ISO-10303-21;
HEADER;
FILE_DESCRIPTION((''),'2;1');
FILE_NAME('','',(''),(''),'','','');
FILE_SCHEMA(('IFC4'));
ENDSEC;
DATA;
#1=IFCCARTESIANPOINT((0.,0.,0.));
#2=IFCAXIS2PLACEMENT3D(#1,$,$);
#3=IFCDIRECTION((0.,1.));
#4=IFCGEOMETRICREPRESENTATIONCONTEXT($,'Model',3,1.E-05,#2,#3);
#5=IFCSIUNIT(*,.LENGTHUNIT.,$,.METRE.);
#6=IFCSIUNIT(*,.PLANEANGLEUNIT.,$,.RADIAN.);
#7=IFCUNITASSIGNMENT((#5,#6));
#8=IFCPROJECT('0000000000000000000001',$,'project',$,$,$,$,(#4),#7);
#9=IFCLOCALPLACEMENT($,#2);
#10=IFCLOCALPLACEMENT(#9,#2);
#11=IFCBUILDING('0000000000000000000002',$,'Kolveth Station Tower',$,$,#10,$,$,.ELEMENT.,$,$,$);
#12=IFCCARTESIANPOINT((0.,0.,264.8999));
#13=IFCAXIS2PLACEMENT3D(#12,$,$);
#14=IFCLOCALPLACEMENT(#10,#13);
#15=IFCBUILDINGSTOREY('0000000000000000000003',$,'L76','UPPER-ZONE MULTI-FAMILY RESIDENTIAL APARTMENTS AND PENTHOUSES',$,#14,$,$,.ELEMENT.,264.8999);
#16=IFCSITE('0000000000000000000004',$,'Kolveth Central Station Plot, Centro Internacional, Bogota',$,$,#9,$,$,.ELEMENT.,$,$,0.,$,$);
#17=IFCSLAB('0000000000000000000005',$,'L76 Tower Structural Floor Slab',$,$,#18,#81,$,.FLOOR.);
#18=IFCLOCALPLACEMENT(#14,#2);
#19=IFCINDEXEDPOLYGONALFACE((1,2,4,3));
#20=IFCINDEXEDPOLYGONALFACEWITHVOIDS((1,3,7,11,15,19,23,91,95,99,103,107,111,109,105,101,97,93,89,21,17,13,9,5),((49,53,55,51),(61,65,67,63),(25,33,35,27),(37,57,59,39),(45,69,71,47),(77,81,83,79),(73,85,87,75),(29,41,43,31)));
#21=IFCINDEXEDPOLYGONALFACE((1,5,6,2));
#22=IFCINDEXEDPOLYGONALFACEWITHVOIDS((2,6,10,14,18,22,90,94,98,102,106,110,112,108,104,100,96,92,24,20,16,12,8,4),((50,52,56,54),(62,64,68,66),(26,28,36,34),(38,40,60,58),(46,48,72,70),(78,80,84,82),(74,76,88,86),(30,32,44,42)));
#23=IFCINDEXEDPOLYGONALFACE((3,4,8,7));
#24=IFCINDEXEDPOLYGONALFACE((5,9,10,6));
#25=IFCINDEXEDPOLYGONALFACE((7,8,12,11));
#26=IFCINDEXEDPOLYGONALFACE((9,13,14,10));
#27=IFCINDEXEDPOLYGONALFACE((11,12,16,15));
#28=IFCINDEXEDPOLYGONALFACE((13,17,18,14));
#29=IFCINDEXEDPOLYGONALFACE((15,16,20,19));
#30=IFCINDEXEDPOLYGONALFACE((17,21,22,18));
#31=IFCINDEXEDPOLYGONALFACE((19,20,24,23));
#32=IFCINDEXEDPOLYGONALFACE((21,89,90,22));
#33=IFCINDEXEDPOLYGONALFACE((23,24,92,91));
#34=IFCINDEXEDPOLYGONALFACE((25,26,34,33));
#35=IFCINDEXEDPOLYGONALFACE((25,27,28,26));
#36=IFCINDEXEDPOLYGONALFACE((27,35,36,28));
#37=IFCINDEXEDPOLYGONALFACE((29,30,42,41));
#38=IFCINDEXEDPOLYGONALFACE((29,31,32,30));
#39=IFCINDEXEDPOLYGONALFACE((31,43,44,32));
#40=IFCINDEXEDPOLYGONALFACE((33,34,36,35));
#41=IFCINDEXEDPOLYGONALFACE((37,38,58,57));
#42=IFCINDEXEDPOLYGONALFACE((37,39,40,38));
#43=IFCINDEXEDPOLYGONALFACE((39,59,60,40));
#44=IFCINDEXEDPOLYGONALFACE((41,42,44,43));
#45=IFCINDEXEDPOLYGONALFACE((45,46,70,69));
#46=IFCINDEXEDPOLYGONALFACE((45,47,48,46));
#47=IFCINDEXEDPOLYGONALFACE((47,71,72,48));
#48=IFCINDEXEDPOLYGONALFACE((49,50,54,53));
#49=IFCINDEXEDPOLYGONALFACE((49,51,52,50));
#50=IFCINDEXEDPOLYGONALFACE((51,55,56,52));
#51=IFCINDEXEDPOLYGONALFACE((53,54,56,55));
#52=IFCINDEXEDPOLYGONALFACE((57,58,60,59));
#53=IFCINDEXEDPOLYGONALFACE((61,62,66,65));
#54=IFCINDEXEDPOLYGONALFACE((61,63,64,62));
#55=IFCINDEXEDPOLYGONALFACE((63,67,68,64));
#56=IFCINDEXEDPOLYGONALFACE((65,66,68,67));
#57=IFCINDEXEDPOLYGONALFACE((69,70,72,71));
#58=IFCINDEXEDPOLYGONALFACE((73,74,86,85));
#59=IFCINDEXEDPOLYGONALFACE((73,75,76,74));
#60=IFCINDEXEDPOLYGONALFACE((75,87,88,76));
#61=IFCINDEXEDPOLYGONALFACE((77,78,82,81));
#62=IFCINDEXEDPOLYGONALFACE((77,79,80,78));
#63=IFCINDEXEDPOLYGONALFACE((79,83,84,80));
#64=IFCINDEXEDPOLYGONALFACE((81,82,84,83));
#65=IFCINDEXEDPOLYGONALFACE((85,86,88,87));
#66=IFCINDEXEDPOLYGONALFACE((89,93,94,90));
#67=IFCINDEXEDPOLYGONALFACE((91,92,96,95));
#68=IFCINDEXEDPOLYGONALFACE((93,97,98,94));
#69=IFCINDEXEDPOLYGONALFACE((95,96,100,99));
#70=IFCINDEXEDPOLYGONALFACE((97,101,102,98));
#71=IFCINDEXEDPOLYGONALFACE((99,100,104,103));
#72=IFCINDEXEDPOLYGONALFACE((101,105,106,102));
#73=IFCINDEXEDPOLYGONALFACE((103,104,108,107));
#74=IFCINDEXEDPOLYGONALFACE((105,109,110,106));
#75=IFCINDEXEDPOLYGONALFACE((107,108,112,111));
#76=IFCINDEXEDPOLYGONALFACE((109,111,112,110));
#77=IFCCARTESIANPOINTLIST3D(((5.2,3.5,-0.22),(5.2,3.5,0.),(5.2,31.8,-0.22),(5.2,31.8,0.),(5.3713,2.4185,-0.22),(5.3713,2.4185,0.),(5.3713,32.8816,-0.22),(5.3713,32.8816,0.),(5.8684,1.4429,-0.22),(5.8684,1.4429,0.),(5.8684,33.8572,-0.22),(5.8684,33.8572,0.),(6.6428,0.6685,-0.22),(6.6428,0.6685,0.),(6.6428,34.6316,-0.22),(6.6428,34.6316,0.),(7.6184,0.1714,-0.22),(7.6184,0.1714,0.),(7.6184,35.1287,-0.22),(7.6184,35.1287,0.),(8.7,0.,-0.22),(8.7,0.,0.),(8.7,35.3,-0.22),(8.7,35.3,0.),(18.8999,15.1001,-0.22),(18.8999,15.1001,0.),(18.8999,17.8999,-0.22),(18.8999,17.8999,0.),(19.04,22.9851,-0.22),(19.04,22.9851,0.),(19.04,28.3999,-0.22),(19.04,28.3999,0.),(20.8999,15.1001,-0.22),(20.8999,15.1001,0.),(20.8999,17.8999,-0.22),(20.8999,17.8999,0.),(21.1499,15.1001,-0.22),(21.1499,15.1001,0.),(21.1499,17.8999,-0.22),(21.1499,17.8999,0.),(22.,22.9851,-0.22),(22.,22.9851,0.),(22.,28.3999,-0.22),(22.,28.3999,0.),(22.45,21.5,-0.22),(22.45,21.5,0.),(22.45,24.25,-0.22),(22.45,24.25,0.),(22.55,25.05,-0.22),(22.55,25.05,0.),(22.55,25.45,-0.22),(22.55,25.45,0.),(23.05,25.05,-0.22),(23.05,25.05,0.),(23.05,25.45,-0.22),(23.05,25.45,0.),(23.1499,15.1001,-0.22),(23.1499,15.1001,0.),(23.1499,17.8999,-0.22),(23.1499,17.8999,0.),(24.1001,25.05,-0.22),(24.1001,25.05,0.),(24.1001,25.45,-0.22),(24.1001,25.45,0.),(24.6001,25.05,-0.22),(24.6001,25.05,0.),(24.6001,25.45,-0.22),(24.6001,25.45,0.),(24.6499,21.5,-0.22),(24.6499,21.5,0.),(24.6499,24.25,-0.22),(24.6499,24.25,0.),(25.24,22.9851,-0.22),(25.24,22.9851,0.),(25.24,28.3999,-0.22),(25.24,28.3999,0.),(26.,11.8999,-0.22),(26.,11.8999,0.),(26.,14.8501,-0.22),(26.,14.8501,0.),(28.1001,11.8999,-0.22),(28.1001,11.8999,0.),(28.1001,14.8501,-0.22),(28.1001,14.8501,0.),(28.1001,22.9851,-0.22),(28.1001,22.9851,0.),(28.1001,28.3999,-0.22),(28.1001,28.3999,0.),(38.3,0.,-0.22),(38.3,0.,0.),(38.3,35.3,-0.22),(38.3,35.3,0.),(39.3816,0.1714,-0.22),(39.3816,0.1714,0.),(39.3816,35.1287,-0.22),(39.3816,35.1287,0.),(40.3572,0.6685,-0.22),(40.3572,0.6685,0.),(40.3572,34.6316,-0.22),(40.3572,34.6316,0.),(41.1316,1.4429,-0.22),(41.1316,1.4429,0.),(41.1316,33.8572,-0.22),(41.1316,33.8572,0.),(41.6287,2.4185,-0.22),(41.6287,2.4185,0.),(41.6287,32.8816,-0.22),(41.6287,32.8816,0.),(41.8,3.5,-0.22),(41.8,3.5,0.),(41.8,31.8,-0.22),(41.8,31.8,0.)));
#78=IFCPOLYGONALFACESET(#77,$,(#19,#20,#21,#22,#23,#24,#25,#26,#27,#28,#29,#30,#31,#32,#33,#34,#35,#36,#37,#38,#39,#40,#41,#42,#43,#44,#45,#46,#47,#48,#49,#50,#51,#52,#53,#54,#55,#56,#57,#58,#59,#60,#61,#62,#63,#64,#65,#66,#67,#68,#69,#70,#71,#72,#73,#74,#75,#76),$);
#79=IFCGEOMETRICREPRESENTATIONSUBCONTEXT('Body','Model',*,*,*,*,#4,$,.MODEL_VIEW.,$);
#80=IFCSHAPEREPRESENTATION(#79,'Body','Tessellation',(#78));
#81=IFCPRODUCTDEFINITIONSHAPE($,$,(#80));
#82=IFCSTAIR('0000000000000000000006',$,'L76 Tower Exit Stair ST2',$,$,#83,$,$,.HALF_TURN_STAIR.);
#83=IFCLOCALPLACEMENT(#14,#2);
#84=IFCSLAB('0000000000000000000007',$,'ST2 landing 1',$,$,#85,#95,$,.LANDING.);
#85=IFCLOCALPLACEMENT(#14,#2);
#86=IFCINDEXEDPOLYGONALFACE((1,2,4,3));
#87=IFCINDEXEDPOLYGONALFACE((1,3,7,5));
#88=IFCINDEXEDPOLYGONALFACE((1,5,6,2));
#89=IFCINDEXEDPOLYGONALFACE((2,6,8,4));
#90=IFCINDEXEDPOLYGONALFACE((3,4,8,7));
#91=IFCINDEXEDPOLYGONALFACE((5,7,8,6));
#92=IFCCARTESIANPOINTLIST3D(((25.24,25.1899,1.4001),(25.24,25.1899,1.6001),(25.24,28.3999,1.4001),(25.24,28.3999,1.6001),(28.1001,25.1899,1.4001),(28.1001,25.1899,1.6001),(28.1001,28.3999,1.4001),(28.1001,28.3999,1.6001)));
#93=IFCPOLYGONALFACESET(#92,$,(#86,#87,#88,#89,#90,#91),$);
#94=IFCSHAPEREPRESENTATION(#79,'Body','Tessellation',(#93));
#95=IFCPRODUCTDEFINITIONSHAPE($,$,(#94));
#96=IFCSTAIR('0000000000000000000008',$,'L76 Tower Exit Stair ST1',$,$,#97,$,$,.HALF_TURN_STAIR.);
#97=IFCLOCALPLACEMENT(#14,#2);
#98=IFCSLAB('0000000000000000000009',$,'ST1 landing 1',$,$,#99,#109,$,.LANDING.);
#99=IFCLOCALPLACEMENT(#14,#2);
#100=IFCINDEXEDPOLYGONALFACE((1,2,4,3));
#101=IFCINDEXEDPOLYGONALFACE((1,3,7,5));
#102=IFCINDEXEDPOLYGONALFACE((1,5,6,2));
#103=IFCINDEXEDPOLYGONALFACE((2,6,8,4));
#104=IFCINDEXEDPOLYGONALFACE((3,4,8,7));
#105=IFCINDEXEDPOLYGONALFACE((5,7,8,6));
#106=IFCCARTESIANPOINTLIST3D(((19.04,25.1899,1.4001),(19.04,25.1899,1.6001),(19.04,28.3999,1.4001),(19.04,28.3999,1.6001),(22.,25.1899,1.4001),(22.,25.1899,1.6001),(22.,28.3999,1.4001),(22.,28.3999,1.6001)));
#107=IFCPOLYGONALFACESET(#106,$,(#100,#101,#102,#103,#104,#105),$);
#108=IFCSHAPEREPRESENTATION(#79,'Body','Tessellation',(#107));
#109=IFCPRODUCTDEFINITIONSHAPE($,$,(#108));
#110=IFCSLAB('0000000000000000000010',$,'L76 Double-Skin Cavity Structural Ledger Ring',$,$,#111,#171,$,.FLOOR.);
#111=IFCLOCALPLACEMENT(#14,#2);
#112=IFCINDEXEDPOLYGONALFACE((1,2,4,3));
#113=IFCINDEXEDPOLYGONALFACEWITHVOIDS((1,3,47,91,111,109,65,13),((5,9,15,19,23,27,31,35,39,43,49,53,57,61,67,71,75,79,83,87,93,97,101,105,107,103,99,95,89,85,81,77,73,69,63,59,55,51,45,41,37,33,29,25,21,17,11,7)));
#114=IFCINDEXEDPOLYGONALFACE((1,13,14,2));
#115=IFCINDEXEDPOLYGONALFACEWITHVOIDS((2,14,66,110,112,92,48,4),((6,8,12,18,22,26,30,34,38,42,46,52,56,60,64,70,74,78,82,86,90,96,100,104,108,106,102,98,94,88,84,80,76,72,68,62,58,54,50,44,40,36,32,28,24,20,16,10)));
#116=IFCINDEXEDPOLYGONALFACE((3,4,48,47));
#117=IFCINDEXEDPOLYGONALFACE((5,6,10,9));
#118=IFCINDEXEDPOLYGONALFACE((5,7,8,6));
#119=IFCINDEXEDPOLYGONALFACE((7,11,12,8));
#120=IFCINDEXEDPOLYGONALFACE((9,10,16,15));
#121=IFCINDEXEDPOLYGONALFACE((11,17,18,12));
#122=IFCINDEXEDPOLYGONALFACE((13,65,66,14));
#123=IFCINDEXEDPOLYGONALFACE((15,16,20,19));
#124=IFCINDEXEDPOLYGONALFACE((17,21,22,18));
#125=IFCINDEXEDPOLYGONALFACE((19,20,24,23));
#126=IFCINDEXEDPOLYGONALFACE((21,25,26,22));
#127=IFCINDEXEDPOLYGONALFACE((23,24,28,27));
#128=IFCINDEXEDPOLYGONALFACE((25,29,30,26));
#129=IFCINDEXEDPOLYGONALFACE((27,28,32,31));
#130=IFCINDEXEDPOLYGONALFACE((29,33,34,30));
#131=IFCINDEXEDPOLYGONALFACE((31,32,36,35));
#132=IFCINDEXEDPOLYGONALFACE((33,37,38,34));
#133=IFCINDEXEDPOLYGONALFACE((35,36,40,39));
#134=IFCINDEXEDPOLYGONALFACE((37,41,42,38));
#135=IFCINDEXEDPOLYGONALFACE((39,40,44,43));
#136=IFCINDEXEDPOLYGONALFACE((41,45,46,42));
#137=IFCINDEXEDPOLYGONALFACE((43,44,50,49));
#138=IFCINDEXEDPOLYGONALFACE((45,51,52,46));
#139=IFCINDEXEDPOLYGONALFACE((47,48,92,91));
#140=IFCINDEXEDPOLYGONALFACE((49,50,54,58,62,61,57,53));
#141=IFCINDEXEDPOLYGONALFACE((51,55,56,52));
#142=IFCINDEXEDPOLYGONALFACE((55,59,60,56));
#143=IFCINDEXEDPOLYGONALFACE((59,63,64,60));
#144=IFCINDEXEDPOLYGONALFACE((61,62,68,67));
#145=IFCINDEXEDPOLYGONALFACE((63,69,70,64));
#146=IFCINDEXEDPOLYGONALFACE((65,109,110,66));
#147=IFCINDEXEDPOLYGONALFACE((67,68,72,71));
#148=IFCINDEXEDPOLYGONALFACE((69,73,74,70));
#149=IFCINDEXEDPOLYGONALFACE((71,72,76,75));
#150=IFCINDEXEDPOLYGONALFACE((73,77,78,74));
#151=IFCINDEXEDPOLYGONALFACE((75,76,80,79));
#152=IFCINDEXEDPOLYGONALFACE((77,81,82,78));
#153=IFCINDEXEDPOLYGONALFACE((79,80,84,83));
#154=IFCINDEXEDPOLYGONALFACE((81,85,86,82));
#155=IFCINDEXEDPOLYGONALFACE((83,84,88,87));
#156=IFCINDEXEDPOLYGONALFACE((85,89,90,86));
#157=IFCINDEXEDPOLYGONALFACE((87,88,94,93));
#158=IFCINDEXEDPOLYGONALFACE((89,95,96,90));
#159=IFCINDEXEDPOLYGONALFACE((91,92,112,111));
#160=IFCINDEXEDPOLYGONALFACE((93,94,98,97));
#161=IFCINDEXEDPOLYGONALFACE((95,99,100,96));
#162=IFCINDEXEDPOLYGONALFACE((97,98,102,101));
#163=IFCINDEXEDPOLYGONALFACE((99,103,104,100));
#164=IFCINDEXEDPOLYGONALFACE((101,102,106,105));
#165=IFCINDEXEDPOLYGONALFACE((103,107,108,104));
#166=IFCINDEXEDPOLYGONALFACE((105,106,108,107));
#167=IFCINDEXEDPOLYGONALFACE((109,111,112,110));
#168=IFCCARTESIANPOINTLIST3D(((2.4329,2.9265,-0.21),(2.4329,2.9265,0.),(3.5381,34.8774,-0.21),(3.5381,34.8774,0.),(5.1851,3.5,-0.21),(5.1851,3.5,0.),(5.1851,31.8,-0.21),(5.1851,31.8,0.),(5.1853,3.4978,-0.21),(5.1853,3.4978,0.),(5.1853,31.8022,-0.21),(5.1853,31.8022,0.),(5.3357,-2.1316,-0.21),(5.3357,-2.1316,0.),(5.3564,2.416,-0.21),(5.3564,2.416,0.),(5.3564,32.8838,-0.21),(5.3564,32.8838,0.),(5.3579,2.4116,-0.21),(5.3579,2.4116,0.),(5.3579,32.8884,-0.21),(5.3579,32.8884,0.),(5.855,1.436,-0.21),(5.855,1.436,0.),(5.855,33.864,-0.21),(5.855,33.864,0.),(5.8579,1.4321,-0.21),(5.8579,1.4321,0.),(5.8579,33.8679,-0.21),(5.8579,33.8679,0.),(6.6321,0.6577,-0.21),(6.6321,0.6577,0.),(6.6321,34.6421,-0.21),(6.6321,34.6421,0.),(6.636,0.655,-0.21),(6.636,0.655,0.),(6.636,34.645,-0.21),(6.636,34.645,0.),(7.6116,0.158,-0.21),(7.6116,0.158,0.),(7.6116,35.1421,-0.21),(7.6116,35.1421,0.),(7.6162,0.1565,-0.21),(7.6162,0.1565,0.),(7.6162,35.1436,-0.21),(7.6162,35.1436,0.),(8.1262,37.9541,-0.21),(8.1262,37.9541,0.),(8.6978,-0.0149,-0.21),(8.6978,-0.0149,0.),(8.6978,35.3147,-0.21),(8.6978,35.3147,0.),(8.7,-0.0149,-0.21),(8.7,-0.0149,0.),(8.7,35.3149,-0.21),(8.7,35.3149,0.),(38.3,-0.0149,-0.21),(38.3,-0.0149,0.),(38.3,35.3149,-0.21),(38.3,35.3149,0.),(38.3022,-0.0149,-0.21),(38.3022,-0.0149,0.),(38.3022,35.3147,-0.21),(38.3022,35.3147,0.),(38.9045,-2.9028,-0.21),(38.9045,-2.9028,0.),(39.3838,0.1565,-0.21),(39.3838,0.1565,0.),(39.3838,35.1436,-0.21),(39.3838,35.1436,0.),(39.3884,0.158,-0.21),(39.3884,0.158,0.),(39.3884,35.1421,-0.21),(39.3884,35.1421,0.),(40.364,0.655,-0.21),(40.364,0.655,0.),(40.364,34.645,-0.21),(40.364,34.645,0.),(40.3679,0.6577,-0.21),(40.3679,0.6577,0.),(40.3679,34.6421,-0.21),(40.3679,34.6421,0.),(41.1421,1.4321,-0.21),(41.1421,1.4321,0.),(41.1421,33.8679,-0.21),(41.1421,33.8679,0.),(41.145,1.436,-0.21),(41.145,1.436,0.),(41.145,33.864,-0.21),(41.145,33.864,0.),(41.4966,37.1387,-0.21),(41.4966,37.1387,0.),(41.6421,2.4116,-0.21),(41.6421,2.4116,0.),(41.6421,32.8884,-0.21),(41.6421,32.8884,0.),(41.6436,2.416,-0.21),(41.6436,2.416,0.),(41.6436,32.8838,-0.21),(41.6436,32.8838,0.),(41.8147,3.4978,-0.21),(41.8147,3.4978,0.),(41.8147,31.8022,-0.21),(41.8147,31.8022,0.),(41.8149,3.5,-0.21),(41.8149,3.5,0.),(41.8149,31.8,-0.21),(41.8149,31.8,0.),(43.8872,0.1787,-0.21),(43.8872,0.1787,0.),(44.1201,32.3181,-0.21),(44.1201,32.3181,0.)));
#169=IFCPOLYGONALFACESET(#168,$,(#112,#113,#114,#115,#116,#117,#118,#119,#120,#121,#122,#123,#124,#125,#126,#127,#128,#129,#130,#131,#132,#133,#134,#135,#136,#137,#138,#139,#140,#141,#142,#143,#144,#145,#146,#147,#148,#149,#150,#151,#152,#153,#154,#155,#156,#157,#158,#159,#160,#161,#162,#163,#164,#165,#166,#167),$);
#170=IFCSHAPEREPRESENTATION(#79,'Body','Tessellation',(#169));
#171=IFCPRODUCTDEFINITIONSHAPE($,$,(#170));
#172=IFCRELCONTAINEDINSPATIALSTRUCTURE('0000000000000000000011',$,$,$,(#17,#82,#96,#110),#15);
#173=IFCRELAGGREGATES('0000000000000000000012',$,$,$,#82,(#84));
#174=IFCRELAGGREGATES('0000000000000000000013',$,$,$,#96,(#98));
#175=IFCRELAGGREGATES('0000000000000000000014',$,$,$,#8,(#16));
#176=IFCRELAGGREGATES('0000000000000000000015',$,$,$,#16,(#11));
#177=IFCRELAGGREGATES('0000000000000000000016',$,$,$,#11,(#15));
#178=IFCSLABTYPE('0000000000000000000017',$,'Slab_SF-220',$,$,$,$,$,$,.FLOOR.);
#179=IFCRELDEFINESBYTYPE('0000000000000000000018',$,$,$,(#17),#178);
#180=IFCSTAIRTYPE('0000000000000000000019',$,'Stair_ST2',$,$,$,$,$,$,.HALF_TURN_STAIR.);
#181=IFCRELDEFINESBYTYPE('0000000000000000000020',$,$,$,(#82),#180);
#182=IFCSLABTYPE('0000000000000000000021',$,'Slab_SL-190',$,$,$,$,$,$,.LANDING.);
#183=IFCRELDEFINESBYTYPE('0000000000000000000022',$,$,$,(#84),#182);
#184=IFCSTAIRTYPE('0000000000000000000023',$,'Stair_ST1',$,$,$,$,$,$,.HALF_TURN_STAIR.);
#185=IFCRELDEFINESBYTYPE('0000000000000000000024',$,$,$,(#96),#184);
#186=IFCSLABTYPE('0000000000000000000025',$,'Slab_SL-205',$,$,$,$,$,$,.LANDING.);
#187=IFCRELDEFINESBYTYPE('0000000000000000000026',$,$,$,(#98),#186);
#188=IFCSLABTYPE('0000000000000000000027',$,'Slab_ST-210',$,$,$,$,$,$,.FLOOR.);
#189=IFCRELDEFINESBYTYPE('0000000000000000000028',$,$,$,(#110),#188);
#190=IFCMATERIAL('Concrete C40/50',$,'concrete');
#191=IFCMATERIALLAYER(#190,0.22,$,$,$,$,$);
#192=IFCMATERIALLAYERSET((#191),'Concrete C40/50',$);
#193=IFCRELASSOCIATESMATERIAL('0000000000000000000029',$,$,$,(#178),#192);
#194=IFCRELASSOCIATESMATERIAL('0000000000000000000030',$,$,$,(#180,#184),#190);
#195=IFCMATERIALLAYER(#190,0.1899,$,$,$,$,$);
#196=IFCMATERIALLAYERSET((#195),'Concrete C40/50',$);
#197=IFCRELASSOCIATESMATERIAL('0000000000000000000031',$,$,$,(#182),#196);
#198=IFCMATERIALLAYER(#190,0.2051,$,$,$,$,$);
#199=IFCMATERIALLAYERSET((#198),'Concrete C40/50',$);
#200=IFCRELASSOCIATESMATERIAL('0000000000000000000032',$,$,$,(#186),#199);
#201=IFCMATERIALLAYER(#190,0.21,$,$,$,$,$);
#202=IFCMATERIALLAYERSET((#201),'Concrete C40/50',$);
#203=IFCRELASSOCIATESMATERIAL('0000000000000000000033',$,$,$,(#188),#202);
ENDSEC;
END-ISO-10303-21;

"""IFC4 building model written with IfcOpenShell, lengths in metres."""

from ifc_helpers import new_model, si_unit, direction, frame, origin, place, context, subcontext, project, spatial, polyline, outline, extrude, material, layer, layer_set, type_object, element, aggregate, save


model = new_model("IFC4")

# Units and contexts
model_context = context("Model", 3, precision=1e-05, world=origin(), true_north=direction((0.0, 1.0)))
body_context = subcontext(model_context, "Body", "Model", "MODEL_VIEW")
ifc_project = project(units=[si_unit("LENGTHUNIT", "METRE"), si_unit("PLANEANGLEUNIT", "RADIAN")], contexts=[model_context])

# Site, building, storey
site_placement = place(None, origin())
site = spatial("IfcSite", under=ifc_project, at=site_placement, Name="Kolveth Central Station Plot, Centro Internacional, Bogota", CompositionType="ELEMENT", RefElevation=0.0)
building_placement = place(site_placement, origin())
building = spatial("IfcBuilding", under=site, at=building_placement, Name="Kolveth Station Tower", CompositionType="ELEMENT")
storey_placement = place(building_placement, frame((0.0, 0.0, 264.8999)))
storey = spatial("IfcBuildingStorey", under=building, at=storey_placement, Name="L76", Description="UPPER-ZONE MULTI-FAMILY RESIDENTIAL APARTMENTS AND PENTHOUSES", CompositionType="ELEMENT", Elevation=264.8999)

# Slab
ifc_material_1 = material(Name="Concrete C40/50", Category="concrete")
ifc_layer_1 = layer(ifc_material_1, 0.22)
ifc_layer_set_1 = layer_set([ifc_layer_1], Name="Concrete C40/50")
slab_type_1 = type_object("IfcSlabType", Name="Slab_SF-220", PredefinedType="FLOOR", material=ifc_layer_set_1)
slab_1_placement = place(storey_placement, frame((0.0, 0.0, -0.22)))
element("IfcSlab", 1, at=slab_1_placement, inside=storey, type_object=slab_type_1, Name="L76 Tower Structural Floor Slab", PredefinedType="FLOOR", context=body_context, shape_type="SweptSolid", body=[
    extrude(outline(polyline([(38.3, 0.0), (39.3816, 0.1714), (40.3572, 0.6685), (41.1316, 1.4429), (41.6287, 2.4185), (41.8, 3.5), (41.8, 31.8), (41.6287, 32.8816), (41.1316, 33.8572), (40.3572, 34.6316), (39.3816, 35.1287), (38.3, 35.3), (8.7, 35.3), (7.6184, 35.1287), (6.6428, 34.6316), (5.8684, 33.8572), (5.3713, 32.8816), (5.2, 31.8), (5.2, 3.5), (5.3713, 2.4185), (5.8684, 1.4429), (6.6428, 0.6685), (7.6184, 0.1714), (8.7, 0.0), (38.3, 0.0)]), holes=[polyline([(19.04, 22.9851), (22.0, 22.9851), (22.0, 28.3999), (19.04, 28.3999), (19.04, 22.9851)]), polyline([(25.24, 22.9851), (28.1001, 22.9851), (28.1001, 28.3999), (25.24, 28.3999), (25.24, 22.9851)]), polyline([(18.8999, 15.1001), (20.8999, 15.1001), (20.8999, 17.8999), (18.8999, 17.8999), (18.8999, 15.1001)]), polyline([(21.1499, 15.1001), (23.1499, 15.1001), (23.1499, 17.8999), (21.1499, 17.8999), (21.1499, 15.1001)]), polyline([(22.45, 21.5), (24.6499, 21.5), (24.6499, 24.25), (22.45, 24.25), (22.45, 21.5)]), polyline([(26.0, 11.8999), (28.1001, 11.8999), (28.1001, 14.8501), (26.0, 14.8501), (26.0, 11.8999)]), polyline([(22.55, 25.05), (23.05, 25.05), (23.05, 25.45), (22.55, 25.45), (22.55, 25.05)]), polyline([(24.1001, 25.05), (24.6001, 25.05), (24.6001, 25.45), (24.1001, 25.45), (24.1001, 25.05)])]), origin(), (0.0, 0.0, 1.0), 0.22),
])

# Stairs, slabs
stair_type_1 = type_object("IfcStairType", Name="Stair_ST2", PredefinedType="HALF_TURN_STAIR", material=ifc_material_1)
stair_1_placement = place(storey_placement, origin())
stair_1 = element("IfcStair", 2, at=stair_1_placement, inside=storey, type_object=stair_type_1, Name="L76 Tower Exit Stair ST2", PredefinedType="HALF_TURN_STAIR")
ifc_layer_2 = layer(ifc_material_1, 0.1899)
ifc_layer_set_2 = layer_set([ifc_layer_2], Name="Concrete C40/50")
slab_type_2 = type_object("IfcSlabType", Name="Slab_SL-190", PredefinedType="LANDING", material=ifc_layer_set_2)
slab_2_placement = place(storey_placement, frame((0.0, 0.0, 1.4001)))
slab_2 = element("IfcSlab", 3, at=slab_2_placement, type_object=slab_type_2, Name="ST2 landing 1", PredefinedType="LANDING", context=body_context, shape_type="SweptSolid", body=[
    extrude(outline(polyline([(28.1001, 25.1899), (28.1001, 28.3999), (25.24, 28.3999), (25.24, 25.1899), (28.1001, 25.1899)])), origin(), (0.0, 0.0, 1.0), 0.2),
])
aggregate(stair_1, [slab_2])
stair_type_2 = type_object("IfcStairType", Name="Stair_ST1", PredefinedType="HALF_TURN_STAIR", material=ifc_material_1)
stair_2_placement = place(storey_placement, origin())
stair_2 = element("IfcStair", 4, at=stair_2_placement, inside=storey, type_object=stair_type_2, Name="L76 Tower Exit Stair ST1", PredefinedType="HALF_TURN_STAIR")
ifc_layer_3 = layer(ifc_material_1, 0.2051)
ifc_layer_set_3 = layer_set([ifc_layer_3], Name="Concrete C40/50")
slab_type_3 = type_object("IfcSlabType", Name="Slab_SL-205", PredefinedType="LANDING", material=ifc_layer_set_3)
slab_3_placement = place(storey_placement, frame((0.0, 0.0, 1.4001)))
slab_3 = element("IfcSlab", 5, at=slab_3_placement, type_object=slab_type_3, Name="ST1 landing 1", PredefinedType="LANDING", context=body_context, shape_type="SweptSolid", body=[
    extrude(outline(polyline([(22.0, 25.1899), (22.0, 28.3999), (19.04, 28.3999), (19.04, 25.1899), (22.0, 25.1899)])), origin(), (0.0, 0.0, 1.0), 0.2),
])
aggregate(stair_2, [slab_3])

# Slab
ifc_layer_4 = layer(ifc_material_1, 0.21)
ifc_layer_set_4 = layer_set([ifc_layer_4], Name="Concrete C40/50")
slab_type_4 = type_object("IfcSlabType", Name="Slab_ST-210", PredefinedType="FLOOR", material=ifc_layer_set_4)
slab_4_placement = place(storey_placement, frame((0.0, 0.0, -0.21)))
element("IfcSlab", 6, at=slab_4_placement, inside=storey, type_object=slab_type_4, Name="L76 Double-Skin Cavity Structural Ledger Ring", PredefinedType="FLOOR", context=body_context, shape_type="SweptSolid", body=[
    extrude(outline(polyline([(5.3357, -2.1316), (2.4329, 2.9265), (3.5381, 34.8774), (8.1262, 37.9541), (41.4966, 37.1387), (44.1201, 32.3181), (43.8872, 0.1787), (38.9045, -2.9028), (5.3357, -2.1316)]), holes=[polyline([(38.3022, -0.0149), (39.3838, 0.1565), (39.3884, 0.158), (40.364, 0.655), (40.3679, 0.6577), (41.1421, 1.4321), (41.145, 1.436), (41.6421, 2.4116), (41.6436, 2.416), (41.8147, 3.4978), (41.8149, 3.5), (41.8149, 31.8), (41.8147, 31.8022), (41.6436, 32.8838), (41.6421, 32.8884), (41.145, 33.864), (41.1421, 33.8679), (40.3679, 34.6421), (40.364, 34.645), (39.3884, 35.1421), (39.3838, 35.1436), (38.3022, 35.3147), (38.3, 35.3149), (8.7, 35.3149), (8.6978, 35.3147), (7.6162, 35.1436), (7.6116, 35.1421), (6.636, 34.645), (6.6321, 34.6421), (5.8579, 33.8679), (5.855, 33.864), (5.3579, 32.8884), (5.3564, 32.8838), (5.1853, 31.8022), (5.1851, 31.8), (5.1851, 3.5), (5.1853, 3.4978), (5.3564, 2.416), (5.3579, 2.4116), (5.855, 1.436), (5.8579, 1.4321), (6.6321, 0.6577), (6.636, 0.655), (7.6116, 0.158), (7.6162, 0.1565), (8.6978, -0.0149), (8.7, -0.0149), (38.3, -0.0149), (38.3022, -0.0149)])]), origin(), (0.0, 0.0, 1.0), 0.21),
])

save(model, "model.ifc")
